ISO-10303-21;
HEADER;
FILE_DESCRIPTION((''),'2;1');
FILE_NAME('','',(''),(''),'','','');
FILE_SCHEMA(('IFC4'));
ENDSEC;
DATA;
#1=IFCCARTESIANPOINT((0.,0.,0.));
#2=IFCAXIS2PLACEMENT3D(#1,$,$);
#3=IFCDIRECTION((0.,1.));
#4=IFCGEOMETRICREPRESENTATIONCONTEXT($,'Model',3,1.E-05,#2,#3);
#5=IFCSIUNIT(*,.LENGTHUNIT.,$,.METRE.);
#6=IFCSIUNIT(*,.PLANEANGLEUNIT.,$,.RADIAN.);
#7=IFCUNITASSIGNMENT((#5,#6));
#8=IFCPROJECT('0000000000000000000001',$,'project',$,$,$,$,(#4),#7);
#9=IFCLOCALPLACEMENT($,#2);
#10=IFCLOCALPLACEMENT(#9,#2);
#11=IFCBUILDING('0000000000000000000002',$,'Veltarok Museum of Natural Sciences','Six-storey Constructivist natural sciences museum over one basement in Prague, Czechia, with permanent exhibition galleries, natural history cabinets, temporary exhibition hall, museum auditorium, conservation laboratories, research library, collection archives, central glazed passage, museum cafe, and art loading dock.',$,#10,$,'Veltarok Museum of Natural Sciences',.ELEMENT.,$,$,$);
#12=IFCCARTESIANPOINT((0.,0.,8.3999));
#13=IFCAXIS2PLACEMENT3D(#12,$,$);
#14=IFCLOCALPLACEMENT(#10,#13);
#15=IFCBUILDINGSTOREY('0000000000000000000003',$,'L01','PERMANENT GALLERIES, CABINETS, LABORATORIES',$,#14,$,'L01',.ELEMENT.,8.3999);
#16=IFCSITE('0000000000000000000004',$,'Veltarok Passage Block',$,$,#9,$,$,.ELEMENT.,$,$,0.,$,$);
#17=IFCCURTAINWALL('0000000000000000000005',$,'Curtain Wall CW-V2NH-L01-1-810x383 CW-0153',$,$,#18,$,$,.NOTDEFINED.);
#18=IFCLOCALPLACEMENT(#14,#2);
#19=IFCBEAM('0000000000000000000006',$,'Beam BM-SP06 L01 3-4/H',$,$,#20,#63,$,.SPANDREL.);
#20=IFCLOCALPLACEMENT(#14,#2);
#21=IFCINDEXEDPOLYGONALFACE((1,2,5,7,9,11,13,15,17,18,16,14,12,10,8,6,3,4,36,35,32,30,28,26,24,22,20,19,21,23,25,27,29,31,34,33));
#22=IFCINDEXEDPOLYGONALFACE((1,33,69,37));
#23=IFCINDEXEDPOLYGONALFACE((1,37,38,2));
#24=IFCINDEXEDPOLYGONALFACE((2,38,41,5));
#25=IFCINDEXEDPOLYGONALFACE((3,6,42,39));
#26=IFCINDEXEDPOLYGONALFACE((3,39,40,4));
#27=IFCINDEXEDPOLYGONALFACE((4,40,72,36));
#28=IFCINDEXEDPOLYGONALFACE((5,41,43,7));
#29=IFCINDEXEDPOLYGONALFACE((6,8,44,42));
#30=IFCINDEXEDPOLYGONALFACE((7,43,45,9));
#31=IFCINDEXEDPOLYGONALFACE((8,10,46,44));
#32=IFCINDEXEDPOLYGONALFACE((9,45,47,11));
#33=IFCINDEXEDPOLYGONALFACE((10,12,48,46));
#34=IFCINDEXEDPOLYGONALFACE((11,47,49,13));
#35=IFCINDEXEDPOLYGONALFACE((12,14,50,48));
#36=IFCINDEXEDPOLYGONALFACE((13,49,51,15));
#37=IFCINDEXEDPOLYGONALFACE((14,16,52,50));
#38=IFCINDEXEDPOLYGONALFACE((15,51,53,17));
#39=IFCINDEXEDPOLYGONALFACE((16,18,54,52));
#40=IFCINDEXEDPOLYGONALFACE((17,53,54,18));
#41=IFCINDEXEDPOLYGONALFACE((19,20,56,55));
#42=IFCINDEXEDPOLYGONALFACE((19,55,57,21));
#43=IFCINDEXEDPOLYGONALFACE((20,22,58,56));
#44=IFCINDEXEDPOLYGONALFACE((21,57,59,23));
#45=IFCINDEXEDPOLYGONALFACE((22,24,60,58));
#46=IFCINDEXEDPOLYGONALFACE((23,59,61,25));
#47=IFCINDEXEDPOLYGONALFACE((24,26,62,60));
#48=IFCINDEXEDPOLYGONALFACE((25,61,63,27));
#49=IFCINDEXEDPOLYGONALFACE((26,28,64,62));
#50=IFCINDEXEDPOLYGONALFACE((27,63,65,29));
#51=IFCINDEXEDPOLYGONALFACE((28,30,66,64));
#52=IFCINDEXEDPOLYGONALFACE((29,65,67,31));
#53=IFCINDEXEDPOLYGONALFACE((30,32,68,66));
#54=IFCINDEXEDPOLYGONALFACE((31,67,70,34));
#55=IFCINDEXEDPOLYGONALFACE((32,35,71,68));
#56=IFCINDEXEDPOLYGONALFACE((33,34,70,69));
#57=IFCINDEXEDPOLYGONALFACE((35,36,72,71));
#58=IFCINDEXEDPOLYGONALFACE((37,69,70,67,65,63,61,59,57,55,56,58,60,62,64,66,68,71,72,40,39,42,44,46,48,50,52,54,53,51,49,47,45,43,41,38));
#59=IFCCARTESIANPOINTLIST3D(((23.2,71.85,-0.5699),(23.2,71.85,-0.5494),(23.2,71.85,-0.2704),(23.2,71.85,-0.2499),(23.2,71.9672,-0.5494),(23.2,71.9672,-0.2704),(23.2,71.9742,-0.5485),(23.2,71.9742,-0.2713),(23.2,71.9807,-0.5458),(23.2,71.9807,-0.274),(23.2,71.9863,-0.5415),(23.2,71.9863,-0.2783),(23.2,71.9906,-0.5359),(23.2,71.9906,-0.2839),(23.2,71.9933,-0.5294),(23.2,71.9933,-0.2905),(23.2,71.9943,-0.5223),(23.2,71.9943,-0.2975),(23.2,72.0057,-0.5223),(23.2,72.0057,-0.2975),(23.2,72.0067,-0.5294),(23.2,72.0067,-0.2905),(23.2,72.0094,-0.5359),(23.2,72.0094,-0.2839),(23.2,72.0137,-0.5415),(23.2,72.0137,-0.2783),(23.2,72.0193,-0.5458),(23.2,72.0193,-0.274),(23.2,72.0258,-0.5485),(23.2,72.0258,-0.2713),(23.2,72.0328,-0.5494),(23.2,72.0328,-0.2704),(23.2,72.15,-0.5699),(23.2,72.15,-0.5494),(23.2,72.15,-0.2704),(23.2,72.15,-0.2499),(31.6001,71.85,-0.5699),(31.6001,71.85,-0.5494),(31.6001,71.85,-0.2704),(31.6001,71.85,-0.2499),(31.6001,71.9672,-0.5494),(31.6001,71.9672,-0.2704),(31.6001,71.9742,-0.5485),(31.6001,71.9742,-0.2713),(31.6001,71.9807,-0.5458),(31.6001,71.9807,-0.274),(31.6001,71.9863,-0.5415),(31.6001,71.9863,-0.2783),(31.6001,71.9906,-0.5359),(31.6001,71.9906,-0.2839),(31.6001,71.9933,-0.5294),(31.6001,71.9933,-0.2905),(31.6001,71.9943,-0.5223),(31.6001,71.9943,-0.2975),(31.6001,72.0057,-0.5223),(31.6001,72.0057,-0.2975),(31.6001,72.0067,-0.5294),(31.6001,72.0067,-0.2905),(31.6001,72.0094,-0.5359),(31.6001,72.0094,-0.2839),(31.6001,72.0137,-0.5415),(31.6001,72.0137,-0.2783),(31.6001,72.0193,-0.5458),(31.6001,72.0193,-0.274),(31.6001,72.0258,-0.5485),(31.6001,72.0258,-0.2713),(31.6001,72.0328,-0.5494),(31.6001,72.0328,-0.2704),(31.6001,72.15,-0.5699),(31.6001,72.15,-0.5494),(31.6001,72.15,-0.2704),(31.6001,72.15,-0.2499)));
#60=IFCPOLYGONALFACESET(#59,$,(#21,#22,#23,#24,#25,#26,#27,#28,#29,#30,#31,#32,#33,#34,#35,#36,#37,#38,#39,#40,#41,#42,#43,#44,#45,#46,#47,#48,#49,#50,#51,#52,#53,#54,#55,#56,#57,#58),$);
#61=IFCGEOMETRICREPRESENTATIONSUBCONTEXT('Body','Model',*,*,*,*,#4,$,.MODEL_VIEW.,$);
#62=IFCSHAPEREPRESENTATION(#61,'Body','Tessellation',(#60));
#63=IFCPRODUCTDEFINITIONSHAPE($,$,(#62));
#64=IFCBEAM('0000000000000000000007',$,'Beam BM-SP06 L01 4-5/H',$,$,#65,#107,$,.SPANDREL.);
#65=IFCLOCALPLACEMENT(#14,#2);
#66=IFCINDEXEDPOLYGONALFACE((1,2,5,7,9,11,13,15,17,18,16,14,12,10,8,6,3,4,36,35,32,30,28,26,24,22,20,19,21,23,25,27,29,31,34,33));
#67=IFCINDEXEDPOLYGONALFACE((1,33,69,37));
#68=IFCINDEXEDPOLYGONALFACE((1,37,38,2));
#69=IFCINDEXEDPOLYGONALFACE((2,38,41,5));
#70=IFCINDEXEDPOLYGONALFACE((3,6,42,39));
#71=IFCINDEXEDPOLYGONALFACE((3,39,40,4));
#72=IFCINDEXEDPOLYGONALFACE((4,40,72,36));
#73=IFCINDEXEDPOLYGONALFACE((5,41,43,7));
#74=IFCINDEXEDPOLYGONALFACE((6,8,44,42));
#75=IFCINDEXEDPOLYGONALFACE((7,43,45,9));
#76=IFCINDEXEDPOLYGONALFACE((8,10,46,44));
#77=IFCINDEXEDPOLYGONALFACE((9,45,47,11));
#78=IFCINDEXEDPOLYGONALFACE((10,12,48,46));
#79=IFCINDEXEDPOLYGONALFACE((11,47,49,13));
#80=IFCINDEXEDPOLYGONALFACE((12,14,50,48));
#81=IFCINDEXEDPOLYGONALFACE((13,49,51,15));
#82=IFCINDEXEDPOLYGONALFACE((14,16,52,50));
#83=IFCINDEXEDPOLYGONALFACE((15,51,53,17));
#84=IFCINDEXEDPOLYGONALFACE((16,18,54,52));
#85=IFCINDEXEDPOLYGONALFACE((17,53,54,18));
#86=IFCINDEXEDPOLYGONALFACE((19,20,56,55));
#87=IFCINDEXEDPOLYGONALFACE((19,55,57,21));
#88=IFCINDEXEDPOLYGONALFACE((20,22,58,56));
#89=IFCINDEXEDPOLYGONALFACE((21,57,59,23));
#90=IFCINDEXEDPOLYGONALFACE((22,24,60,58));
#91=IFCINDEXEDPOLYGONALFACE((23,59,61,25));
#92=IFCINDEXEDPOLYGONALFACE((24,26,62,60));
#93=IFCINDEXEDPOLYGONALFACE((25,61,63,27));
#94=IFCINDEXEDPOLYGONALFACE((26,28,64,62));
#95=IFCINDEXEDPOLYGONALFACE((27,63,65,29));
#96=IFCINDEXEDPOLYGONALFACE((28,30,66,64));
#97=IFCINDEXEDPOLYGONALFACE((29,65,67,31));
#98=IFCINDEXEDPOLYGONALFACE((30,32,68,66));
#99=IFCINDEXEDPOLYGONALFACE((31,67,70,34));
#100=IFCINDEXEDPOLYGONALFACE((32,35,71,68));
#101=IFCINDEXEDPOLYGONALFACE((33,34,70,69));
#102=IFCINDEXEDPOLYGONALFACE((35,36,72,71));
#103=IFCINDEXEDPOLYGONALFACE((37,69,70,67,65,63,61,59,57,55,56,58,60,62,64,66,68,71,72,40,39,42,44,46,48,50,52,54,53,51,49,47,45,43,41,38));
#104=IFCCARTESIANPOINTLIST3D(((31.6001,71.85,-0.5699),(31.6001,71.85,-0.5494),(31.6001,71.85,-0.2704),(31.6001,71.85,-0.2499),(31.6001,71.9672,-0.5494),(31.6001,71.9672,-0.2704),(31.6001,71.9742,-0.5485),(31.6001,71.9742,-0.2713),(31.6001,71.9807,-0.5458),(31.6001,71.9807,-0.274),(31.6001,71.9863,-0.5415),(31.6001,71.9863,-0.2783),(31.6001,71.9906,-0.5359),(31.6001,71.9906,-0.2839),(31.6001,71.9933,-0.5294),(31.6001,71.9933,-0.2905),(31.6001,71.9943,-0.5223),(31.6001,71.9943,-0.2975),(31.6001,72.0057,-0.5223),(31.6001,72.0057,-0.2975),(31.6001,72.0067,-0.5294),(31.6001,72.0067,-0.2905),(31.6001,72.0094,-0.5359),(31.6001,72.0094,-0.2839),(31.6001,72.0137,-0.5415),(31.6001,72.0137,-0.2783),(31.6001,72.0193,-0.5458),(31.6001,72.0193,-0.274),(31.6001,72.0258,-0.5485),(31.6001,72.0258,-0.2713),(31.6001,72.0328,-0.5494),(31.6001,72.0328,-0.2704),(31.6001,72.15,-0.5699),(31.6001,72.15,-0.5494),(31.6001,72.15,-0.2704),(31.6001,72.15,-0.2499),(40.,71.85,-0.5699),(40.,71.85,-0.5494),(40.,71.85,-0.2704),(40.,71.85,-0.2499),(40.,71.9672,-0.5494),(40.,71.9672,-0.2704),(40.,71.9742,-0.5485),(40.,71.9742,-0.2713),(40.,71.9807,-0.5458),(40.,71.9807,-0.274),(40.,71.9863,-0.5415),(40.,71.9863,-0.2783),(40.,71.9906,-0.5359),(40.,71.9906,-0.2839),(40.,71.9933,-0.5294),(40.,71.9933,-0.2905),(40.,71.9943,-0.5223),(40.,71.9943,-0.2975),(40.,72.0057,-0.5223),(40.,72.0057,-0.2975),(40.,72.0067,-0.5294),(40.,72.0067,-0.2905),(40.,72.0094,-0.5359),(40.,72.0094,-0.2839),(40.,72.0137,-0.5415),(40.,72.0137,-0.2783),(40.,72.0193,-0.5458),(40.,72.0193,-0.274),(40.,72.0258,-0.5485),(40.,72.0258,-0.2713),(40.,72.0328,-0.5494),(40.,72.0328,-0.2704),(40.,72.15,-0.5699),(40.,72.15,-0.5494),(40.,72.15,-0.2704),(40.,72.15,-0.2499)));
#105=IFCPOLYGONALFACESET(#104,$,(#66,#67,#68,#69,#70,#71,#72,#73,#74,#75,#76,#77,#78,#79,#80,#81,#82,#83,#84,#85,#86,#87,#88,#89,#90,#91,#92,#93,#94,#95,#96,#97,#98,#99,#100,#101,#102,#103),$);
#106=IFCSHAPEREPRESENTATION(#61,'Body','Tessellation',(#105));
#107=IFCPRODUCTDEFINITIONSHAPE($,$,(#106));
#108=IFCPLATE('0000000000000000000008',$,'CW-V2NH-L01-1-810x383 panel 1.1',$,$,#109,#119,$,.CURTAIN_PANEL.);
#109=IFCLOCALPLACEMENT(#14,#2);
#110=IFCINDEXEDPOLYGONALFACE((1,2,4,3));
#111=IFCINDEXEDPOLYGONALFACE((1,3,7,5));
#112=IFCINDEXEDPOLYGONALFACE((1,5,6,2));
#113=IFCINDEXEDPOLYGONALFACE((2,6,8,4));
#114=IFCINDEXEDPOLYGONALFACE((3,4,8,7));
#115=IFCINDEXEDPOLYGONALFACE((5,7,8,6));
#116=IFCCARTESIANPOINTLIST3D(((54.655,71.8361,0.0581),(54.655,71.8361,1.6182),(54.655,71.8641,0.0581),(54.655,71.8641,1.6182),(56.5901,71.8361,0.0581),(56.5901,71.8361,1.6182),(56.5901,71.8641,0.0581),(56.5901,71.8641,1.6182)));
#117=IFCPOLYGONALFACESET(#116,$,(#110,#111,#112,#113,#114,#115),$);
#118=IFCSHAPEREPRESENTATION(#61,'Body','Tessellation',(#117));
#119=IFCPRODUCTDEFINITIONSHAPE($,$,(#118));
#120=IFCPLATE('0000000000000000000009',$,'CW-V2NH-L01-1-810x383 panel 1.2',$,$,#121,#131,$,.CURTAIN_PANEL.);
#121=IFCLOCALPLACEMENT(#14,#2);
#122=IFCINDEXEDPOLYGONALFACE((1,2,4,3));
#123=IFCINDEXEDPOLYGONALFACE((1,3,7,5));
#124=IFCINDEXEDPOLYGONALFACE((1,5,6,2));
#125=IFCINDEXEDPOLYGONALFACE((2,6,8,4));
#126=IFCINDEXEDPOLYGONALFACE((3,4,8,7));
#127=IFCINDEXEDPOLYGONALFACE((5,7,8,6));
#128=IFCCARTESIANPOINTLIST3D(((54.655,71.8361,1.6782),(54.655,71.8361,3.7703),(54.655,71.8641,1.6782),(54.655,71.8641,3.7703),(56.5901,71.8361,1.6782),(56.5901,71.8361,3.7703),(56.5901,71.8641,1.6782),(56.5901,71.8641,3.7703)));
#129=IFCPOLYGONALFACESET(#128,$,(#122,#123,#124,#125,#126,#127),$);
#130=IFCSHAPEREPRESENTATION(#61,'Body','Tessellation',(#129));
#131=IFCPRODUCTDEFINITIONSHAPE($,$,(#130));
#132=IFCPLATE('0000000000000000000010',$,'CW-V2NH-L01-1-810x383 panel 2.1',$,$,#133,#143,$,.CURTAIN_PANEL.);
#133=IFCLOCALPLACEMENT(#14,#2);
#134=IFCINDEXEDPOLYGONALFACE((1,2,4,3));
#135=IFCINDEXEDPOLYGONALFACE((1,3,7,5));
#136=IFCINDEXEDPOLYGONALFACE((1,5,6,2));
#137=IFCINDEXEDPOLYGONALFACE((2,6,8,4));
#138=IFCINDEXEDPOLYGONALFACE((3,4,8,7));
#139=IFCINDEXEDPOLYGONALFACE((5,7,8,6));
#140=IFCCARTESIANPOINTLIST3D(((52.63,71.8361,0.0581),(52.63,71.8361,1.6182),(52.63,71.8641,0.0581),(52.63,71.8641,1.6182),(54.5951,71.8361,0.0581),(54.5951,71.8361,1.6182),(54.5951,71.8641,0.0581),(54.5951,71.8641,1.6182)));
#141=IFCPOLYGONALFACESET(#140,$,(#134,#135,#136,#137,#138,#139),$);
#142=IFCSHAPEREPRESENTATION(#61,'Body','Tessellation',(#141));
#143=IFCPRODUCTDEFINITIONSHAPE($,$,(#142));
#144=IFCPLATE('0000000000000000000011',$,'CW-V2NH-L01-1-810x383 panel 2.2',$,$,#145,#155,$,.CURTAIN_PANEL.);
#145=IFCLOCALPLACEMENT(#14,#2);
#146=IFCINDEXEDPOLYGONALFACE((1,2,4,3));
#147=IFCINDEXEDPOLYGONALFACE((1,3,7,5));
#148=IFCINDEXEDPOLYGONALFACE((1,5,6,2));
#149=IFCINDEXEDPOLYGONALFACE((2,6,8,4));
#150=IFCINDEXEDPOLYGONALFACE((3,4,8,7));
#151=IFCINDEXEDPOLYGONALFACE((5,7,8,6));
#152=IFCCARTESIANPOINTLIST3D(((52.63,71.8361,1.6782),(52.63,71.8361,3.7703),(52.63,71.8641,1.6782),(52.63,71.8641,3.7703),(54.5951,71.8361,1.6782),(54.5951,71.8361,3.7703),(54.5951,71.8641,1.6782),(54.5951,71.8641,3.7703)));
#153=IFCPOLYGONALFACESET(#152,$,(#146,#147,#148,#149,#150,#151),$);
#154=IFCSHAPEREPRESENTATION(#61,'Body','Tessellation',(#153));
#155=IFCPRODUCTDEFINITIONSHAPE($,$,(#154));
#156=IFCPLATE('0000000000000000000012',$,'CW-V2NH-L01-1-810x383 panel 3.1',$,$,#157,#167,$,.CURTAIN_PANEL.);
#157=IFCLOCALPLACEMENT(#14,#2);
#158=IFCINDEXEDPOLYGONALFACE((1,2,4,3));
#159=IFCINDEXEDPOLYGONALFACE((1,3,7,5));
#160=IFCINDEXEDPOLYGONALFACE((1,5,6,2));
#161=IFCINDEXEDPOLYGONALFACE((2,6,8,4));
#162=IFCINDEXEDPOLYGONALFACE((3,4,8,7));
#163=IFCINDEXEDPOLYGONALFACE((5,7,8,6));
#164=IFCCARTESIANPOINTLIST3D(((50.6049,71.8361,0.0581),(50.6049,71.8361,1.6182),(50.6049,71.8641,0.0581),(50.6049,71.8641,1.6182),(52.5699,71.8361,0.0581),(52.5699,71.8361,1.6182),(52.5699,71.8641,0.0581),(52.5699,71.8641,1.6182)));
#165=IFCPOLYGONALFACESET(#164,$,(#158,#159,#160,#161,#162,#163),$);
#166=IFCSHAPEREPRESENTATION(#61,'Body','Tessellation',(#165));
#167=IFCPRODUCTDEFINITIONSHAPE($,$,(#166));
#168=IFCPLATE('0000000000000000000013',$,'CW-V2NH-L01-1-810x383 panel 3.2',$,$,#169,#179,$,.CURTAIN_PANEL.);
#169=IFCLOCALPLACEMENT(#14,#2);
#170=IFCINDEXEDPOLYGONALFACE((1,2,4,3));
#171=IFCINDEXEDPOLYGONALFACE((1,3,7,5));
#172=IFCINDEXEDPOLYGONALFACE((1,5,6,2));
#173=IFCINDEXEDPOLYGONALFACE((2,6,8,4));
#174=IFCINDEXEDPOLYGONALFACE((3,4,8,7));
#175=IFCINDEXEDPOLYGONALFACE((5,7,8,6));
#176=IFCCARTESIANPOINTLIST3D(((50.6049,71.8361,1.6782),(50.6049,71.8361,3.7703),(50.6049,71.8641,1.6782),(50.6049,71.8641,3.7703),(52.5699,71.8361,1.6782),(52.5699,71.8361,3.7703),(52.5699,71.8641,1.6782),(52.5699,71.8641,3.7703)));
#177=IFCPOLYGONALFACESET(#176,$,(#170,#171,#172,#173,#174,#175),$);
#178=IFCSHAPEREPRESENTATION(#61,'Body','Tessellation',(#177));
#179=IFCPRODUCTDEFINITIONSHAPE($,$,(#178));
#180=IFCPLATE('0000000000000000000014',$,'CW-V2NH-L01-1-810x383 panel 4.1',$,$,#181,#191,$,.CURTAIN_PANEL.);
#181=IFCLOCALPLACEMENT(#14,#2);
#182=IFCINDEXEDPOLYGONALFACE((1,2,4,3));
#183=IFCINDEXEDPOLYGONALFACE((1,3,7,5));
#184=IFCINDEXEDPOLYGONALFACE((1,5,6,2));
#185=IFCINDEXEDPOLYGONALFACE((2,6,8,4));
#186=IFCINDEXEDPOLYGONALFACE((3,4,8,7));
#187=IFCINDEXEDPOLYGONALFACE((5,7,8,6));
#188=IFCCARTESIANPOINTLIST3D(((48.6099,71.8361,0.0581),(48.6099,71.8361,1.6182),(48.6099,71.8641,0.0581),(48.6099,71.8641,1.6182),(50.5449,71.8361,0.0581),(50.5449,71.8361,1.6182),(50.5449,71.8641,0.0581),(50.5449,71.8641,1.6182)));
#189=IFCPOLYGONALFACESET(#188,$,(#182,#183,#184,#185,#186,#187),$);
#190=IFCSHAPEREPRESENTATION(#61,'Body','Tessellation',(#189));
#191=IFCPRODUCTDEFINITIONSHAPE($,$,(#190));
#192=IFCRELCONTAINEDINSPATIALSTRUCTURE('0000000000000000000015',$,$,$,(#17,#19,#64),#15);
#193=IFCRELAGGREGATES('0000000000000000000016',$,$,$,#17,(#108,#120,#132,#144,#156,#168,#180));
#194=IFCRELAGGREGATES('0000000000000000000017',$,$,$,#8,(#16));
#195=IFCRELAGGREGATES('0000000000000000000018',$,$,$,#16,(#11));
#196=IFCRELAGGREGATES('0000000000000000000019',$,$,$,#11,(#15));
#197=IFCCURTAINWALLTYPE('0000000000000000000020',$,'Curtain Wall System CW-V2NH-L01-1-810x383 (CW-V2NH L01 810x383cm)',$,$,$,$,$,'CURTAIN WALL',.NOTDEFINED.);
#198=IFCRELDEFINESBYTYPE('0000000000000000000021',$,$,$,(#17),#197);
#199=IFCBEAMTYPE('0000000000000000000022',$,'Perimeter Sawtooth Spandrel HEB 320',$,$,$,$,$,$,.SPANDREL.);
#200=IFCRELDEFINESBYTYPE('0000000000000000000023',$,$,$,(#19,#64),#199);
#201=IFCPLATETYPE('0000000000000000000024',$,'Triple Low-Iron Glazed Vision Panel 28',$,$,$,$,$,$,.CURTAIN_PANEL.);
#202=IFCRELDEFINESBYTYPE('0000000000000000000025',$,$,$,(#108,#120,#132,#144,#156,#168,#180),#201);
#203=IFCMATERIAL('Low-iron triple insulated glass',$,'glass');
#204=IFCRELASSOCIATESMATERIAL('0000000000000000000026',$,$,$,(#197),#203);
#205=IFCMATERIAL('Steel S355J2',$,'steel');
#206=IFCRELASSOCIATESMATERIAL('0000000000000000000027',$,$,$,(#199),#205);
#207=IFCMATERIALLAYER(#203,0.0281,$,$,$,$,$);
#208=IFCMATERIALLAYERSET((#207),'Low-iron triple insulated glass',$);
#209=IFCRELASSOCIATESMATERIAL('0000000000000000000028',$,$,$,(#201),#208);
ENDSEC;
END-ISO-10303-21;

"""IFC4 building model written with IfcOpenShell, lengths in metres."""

from ifc_helpers import new_model, si_unit, direction, frame, origin, origin_2d, place, context, subcontext, project, spatial, rectangle, i_section, extrude, material, layer, layer_set, material_profile, profile_set, type_object, element, aggregate, save


model = new_model("IFC4")

# Units and contexts
model_context = context("Model", 3, precision=1e-05, world=origin(), true_north=direction((0.0, 1.0)))
body_context = subcontext(model_context, "Body", "Model", "MODEL_VIEW")
ifc_project = project(units=[si_unit("LENGTHUNIT", "METRE"), si_unit("PLANEANGLEUNIT", "RADIAN")], contexts=[model_context])

# Site, building, storey
site_placement = place(None, origin())
site = spatial("IfcSite", under=ifc_project, at=site_placement, Name="Veltarok Passage Block", CompositionType="ELEMENT", RefElevation=0.0)
building_placement = place(site_placement, origin())
building = spatial("IfcBuilding", under=site, at=building_placement, Name="Veltarok Museum of Natural Sciences", Description="Six-storey Constructivist natural sciences museum over one basement in Prague, Czechia, with permanent exhibition galleries, natural history cabinets, temporary exhibition hall, museum auditorium, conservation laboratories, research library, collection archives, central glazed passage, museum cafe, and art loading dock.", LongName="Veltarok Museum of Natural Sciences", CompositionType="ELEMENT")
storey_placement = place(building_placement, frame((0.0, 0.0, 8.3999)))
storey = spatial("IfcBuildingStorey", under=building, at=storey_placement, Name="L01", Description="PERMANENT GALLERIES, CABINETS, LABORATORIES", LongName="L01", CompositionType="ELEMENT", Elevation=8.3999)

# Shared definitions
ifc_material_1 = material(Name="Steel S355J2", Category="steel")

# Curtain wall
ifc_material_2 = material(Name="Low-iron triple insulated glass", Category="glass")
curtain_wall_type = type_object("IfcCurtainWallType", Name="Curtain Wall System CW-V2NH-L01-1-810x383 (CW-V2NH L01 810x383cm)", ElementType="CURTAIN WALL", PredefinedType="NOTDEFINED", material=ifc_material_2)
curtain_wall_placement = place(storey_placement, origin())
curtain_wall = element("IfcCurtainWall", 1, at=curtain_wall_placement, inside=storey, type_object=curtain_wall_type, Name="Curtain Wall CW-V2NH-L01-1-810x383 CW-0153", PredefinedType="NOTDEFINED")

# Beams
ifc_material_profile_1 = material_profile(ifc_material_1, i_section(OverallWidth=0.3, OverallDepth=0.3201, WebThickness=0.0115, FlangeThickness=0.0205, FilletRadius=0.0271, at=origin_2d()), Name="HEB 320")
ifc_profile_set_1 = profile_set([ifc_material_profile_1], Name="Steel S355J2")
beam_type = type_object("IfcBeamType", Name="Perimeter Sawtooth Spandrel HEB 320", PredefinedType="SPANDREL", material=ifc_profile_set_1)
beam_1_placement = place(storey_placement, frame((23.2, 72.0, -0.4099), z_axis=(1.0, 0.0, 0.0), x_axis=(0.0, 1.0, 0.0)))
element("IfcBeam", 2, at=beam_1_placement, inside=storey, type_object=beam_type, Name="Beam BM-SP06 L01 3-4/H", PredefinedType="SPANDREL", context=body_context, shape_type="SweptSolid", body=[
    extrude(i_section(OverallWidth=0.3, OverallDepth=0.3201, WebThickness=0.0115, FlangeThickness=0.0205, FilletRadius=0.0271, at=origin_2d()), origin(), (0.0, 0.0, 1.0), 8.4001),
])
beam_2_placement = place(storey_placement, frame((31.6001, 72.0, -0.4099), z_axis=(1.0, 0.0, 0.0), x_axis=(0.0, 1.0, 0.0)))
element("IfcBeam", 3, at=beam_2_placement, inside=storey, type_object=beam_type, Name="Beam BM-SP06 L01 4-5/H", PredefinedType="SPANDREL", context=body_context, shape_type="SweptSolid", body=[
    extrude(i_section(OverallWidth=0.3, OverallDepth=0.3201, WebThickness=0.0115, FlangeThickness=0.0205, FilletRadius=0.0271, at=origin_2d()), origin(), (0.0, 0.0, 1.0), 8.3999),
])

# Plates
ifc_layer_1 = layer(ifc_material_2, 0.0281)
ifc_layer_set_1 = layer_set([ifc_layer_1], Name="Low-iron triple insulated glass")
plate_type = type_object("IfcPlateType", Name="Triple Low-Iron Glazed Vision Panel 28", PredefinedType="CURTAIN_PANEL", material=ifc_layer_set_1)
plate_1_placement = place(storey_placement, frame((55.6226, 71.8501, 0.0581), z_axis=(0.0, 0.0, 1.0), x_axis=(-1.0, 0.0, 0.0)))
plate_1 = element("IfcPlate", 4, at=plate_1_placement, type_object=plate_type, Name="CW-V2NH-L01-1-810x383 panel 1.1", PredefinedType="CURTAIN_PANEL", context=body_context, shape_type="SweptSolid", body=[
    extrude(rectangle(XDim=1.9351, YDim=0.0281, at=origin_2d()), origin(), (0.0, 0.0, 1.0), 1.5601),
])
plate_2_placement = place(storey_placement, frame((55.6226, 71.8501, 1.6782), z_axis=(0.0, 0.0, 1.0), x_axis=(-1.0, 0.0, 0.0)))
plate_2 = element("IfcPlate", 5, at=plate_2_placement, type_object=plate_type, Name="CW-V2NH-L01-1-810x383 panel 1.2", PredefinedType="CURTAIN_PANEL", context=body_context, shape_type="SweptSolid", body=[
    extrude(rectangle(XDim=1.9351, YDim=0.0281, at=origin_2d()), origin(), (0.0, 0.0, 1.0), 2.092),
])
plate_3_placement = place(storey_placement, frame((53.6125, 71.8501, 0.0581), z_axis=(0.0, 0.0, 1.0), x_axis=(-1.0, 0.0, 0.0)))
plate_3 = element("IfcPlate", 6, at=plate_3_placement, type_object=plate_type, Name="CW-V2NH-L01-1-810x383 panel 2.1", PredefinedType="CURTAIN_PANEL", context=body_context, shape_type="SweptSolid", body=[
    extrude(rectangle(XDim=1.9651, YDim=0.0281, at=origin_2d()), origin(), (0.0, 0.0, 1.0), 1.5601),
])
plate_4_placement = place(storey_placement, frame((53.6125, 71.8501, 1.6782), z_axis=(0.0, 0.0, 1.0), x_axis=(-1.0, 0.0, 0.0)))
plate_4 = element("IfcPlate", 7, at=plate_4_placement, type_object=plate_type, Name="CW-V2NH-L01-1-810x383 panel 2.2", PredefinedType="CURTAIN_PANEL", context=body_context, shape_type="SweptSolid", body=[
    extrude(rectangle(XDim=1.9651, YDim=0.0281, at=origin_2d()), origin(), (0.0, 0.0, 1.0), 2.092),
])
plate_5_placement = place(storey_placement, frame((51.5874, 71.8501, 0.0581), z_axis=(0.0, 0.0, 1.0), x_axis=(-1.0, 0.0, 0.0)))
plate_5 = element("IfcPlate", 8, at=plate_5_placement, type_object=plate_type, Name="CW-V2NH-L01-1-810x383 panel 3.1", PredefinedType="CURTAIN_PANEL", context=body_context, shape_type="SweptSolid", body=[
    extrude(rectangle(XDim=1.9651, YDim=0.0281, at=origin_2d()), origin(), (0.0, 0.0, 1.0), 1.5601),
])
plate_6_placement = place(storey_placement, frame((51.5874, 71.8501, 1.6782), z_axis=(0.0, 0.0, 1.0), x_axis=(-1.0, 0.0, 0.0)))
plate_6 = element("IfcPlate", 9, at=plate_6_placement, type_object=plate_type, Name="CW-V2NH-L01-1-810x383 panel 3.2", PredefinedType="CURTAIN_PANEL", context=body_context, shape_type="SweptSolid", body=[
    extrude(rectangle(XDim=1.9651, YDim=0.0281, at=origin_2d()), origin(), (0.0, 0.0, 1.0), 2.092),
])
plate_7_placement = place(storey_placement, frame((49.5774, 71.8501, 0.0581), z_axis=(0.0, 0.0, 1.0), x_axis=(-1.0, 0.0, 0.0)))
plate_7 = element("IfcPlate", 10, at=plate_7_placement, type_object=plate_type, Name="CW-V2NH-L01-1-810x383 panel 4.1", PredefinedType="CURTAIN_PANEL", context=body_context, shape_type="SweptSolid", body=[
    extrude(rectangle(XDim=1.9351, YDim=0.0281, at=origin_2d()), origin(), (0.0, 0.0, 1.0), 1.5601),
])
aggregate(curtain_wall, [plate_1, plate_2, plate_3, plate_4, plate_5, plate_6, plate_7])

save(model, "model.ifc")
